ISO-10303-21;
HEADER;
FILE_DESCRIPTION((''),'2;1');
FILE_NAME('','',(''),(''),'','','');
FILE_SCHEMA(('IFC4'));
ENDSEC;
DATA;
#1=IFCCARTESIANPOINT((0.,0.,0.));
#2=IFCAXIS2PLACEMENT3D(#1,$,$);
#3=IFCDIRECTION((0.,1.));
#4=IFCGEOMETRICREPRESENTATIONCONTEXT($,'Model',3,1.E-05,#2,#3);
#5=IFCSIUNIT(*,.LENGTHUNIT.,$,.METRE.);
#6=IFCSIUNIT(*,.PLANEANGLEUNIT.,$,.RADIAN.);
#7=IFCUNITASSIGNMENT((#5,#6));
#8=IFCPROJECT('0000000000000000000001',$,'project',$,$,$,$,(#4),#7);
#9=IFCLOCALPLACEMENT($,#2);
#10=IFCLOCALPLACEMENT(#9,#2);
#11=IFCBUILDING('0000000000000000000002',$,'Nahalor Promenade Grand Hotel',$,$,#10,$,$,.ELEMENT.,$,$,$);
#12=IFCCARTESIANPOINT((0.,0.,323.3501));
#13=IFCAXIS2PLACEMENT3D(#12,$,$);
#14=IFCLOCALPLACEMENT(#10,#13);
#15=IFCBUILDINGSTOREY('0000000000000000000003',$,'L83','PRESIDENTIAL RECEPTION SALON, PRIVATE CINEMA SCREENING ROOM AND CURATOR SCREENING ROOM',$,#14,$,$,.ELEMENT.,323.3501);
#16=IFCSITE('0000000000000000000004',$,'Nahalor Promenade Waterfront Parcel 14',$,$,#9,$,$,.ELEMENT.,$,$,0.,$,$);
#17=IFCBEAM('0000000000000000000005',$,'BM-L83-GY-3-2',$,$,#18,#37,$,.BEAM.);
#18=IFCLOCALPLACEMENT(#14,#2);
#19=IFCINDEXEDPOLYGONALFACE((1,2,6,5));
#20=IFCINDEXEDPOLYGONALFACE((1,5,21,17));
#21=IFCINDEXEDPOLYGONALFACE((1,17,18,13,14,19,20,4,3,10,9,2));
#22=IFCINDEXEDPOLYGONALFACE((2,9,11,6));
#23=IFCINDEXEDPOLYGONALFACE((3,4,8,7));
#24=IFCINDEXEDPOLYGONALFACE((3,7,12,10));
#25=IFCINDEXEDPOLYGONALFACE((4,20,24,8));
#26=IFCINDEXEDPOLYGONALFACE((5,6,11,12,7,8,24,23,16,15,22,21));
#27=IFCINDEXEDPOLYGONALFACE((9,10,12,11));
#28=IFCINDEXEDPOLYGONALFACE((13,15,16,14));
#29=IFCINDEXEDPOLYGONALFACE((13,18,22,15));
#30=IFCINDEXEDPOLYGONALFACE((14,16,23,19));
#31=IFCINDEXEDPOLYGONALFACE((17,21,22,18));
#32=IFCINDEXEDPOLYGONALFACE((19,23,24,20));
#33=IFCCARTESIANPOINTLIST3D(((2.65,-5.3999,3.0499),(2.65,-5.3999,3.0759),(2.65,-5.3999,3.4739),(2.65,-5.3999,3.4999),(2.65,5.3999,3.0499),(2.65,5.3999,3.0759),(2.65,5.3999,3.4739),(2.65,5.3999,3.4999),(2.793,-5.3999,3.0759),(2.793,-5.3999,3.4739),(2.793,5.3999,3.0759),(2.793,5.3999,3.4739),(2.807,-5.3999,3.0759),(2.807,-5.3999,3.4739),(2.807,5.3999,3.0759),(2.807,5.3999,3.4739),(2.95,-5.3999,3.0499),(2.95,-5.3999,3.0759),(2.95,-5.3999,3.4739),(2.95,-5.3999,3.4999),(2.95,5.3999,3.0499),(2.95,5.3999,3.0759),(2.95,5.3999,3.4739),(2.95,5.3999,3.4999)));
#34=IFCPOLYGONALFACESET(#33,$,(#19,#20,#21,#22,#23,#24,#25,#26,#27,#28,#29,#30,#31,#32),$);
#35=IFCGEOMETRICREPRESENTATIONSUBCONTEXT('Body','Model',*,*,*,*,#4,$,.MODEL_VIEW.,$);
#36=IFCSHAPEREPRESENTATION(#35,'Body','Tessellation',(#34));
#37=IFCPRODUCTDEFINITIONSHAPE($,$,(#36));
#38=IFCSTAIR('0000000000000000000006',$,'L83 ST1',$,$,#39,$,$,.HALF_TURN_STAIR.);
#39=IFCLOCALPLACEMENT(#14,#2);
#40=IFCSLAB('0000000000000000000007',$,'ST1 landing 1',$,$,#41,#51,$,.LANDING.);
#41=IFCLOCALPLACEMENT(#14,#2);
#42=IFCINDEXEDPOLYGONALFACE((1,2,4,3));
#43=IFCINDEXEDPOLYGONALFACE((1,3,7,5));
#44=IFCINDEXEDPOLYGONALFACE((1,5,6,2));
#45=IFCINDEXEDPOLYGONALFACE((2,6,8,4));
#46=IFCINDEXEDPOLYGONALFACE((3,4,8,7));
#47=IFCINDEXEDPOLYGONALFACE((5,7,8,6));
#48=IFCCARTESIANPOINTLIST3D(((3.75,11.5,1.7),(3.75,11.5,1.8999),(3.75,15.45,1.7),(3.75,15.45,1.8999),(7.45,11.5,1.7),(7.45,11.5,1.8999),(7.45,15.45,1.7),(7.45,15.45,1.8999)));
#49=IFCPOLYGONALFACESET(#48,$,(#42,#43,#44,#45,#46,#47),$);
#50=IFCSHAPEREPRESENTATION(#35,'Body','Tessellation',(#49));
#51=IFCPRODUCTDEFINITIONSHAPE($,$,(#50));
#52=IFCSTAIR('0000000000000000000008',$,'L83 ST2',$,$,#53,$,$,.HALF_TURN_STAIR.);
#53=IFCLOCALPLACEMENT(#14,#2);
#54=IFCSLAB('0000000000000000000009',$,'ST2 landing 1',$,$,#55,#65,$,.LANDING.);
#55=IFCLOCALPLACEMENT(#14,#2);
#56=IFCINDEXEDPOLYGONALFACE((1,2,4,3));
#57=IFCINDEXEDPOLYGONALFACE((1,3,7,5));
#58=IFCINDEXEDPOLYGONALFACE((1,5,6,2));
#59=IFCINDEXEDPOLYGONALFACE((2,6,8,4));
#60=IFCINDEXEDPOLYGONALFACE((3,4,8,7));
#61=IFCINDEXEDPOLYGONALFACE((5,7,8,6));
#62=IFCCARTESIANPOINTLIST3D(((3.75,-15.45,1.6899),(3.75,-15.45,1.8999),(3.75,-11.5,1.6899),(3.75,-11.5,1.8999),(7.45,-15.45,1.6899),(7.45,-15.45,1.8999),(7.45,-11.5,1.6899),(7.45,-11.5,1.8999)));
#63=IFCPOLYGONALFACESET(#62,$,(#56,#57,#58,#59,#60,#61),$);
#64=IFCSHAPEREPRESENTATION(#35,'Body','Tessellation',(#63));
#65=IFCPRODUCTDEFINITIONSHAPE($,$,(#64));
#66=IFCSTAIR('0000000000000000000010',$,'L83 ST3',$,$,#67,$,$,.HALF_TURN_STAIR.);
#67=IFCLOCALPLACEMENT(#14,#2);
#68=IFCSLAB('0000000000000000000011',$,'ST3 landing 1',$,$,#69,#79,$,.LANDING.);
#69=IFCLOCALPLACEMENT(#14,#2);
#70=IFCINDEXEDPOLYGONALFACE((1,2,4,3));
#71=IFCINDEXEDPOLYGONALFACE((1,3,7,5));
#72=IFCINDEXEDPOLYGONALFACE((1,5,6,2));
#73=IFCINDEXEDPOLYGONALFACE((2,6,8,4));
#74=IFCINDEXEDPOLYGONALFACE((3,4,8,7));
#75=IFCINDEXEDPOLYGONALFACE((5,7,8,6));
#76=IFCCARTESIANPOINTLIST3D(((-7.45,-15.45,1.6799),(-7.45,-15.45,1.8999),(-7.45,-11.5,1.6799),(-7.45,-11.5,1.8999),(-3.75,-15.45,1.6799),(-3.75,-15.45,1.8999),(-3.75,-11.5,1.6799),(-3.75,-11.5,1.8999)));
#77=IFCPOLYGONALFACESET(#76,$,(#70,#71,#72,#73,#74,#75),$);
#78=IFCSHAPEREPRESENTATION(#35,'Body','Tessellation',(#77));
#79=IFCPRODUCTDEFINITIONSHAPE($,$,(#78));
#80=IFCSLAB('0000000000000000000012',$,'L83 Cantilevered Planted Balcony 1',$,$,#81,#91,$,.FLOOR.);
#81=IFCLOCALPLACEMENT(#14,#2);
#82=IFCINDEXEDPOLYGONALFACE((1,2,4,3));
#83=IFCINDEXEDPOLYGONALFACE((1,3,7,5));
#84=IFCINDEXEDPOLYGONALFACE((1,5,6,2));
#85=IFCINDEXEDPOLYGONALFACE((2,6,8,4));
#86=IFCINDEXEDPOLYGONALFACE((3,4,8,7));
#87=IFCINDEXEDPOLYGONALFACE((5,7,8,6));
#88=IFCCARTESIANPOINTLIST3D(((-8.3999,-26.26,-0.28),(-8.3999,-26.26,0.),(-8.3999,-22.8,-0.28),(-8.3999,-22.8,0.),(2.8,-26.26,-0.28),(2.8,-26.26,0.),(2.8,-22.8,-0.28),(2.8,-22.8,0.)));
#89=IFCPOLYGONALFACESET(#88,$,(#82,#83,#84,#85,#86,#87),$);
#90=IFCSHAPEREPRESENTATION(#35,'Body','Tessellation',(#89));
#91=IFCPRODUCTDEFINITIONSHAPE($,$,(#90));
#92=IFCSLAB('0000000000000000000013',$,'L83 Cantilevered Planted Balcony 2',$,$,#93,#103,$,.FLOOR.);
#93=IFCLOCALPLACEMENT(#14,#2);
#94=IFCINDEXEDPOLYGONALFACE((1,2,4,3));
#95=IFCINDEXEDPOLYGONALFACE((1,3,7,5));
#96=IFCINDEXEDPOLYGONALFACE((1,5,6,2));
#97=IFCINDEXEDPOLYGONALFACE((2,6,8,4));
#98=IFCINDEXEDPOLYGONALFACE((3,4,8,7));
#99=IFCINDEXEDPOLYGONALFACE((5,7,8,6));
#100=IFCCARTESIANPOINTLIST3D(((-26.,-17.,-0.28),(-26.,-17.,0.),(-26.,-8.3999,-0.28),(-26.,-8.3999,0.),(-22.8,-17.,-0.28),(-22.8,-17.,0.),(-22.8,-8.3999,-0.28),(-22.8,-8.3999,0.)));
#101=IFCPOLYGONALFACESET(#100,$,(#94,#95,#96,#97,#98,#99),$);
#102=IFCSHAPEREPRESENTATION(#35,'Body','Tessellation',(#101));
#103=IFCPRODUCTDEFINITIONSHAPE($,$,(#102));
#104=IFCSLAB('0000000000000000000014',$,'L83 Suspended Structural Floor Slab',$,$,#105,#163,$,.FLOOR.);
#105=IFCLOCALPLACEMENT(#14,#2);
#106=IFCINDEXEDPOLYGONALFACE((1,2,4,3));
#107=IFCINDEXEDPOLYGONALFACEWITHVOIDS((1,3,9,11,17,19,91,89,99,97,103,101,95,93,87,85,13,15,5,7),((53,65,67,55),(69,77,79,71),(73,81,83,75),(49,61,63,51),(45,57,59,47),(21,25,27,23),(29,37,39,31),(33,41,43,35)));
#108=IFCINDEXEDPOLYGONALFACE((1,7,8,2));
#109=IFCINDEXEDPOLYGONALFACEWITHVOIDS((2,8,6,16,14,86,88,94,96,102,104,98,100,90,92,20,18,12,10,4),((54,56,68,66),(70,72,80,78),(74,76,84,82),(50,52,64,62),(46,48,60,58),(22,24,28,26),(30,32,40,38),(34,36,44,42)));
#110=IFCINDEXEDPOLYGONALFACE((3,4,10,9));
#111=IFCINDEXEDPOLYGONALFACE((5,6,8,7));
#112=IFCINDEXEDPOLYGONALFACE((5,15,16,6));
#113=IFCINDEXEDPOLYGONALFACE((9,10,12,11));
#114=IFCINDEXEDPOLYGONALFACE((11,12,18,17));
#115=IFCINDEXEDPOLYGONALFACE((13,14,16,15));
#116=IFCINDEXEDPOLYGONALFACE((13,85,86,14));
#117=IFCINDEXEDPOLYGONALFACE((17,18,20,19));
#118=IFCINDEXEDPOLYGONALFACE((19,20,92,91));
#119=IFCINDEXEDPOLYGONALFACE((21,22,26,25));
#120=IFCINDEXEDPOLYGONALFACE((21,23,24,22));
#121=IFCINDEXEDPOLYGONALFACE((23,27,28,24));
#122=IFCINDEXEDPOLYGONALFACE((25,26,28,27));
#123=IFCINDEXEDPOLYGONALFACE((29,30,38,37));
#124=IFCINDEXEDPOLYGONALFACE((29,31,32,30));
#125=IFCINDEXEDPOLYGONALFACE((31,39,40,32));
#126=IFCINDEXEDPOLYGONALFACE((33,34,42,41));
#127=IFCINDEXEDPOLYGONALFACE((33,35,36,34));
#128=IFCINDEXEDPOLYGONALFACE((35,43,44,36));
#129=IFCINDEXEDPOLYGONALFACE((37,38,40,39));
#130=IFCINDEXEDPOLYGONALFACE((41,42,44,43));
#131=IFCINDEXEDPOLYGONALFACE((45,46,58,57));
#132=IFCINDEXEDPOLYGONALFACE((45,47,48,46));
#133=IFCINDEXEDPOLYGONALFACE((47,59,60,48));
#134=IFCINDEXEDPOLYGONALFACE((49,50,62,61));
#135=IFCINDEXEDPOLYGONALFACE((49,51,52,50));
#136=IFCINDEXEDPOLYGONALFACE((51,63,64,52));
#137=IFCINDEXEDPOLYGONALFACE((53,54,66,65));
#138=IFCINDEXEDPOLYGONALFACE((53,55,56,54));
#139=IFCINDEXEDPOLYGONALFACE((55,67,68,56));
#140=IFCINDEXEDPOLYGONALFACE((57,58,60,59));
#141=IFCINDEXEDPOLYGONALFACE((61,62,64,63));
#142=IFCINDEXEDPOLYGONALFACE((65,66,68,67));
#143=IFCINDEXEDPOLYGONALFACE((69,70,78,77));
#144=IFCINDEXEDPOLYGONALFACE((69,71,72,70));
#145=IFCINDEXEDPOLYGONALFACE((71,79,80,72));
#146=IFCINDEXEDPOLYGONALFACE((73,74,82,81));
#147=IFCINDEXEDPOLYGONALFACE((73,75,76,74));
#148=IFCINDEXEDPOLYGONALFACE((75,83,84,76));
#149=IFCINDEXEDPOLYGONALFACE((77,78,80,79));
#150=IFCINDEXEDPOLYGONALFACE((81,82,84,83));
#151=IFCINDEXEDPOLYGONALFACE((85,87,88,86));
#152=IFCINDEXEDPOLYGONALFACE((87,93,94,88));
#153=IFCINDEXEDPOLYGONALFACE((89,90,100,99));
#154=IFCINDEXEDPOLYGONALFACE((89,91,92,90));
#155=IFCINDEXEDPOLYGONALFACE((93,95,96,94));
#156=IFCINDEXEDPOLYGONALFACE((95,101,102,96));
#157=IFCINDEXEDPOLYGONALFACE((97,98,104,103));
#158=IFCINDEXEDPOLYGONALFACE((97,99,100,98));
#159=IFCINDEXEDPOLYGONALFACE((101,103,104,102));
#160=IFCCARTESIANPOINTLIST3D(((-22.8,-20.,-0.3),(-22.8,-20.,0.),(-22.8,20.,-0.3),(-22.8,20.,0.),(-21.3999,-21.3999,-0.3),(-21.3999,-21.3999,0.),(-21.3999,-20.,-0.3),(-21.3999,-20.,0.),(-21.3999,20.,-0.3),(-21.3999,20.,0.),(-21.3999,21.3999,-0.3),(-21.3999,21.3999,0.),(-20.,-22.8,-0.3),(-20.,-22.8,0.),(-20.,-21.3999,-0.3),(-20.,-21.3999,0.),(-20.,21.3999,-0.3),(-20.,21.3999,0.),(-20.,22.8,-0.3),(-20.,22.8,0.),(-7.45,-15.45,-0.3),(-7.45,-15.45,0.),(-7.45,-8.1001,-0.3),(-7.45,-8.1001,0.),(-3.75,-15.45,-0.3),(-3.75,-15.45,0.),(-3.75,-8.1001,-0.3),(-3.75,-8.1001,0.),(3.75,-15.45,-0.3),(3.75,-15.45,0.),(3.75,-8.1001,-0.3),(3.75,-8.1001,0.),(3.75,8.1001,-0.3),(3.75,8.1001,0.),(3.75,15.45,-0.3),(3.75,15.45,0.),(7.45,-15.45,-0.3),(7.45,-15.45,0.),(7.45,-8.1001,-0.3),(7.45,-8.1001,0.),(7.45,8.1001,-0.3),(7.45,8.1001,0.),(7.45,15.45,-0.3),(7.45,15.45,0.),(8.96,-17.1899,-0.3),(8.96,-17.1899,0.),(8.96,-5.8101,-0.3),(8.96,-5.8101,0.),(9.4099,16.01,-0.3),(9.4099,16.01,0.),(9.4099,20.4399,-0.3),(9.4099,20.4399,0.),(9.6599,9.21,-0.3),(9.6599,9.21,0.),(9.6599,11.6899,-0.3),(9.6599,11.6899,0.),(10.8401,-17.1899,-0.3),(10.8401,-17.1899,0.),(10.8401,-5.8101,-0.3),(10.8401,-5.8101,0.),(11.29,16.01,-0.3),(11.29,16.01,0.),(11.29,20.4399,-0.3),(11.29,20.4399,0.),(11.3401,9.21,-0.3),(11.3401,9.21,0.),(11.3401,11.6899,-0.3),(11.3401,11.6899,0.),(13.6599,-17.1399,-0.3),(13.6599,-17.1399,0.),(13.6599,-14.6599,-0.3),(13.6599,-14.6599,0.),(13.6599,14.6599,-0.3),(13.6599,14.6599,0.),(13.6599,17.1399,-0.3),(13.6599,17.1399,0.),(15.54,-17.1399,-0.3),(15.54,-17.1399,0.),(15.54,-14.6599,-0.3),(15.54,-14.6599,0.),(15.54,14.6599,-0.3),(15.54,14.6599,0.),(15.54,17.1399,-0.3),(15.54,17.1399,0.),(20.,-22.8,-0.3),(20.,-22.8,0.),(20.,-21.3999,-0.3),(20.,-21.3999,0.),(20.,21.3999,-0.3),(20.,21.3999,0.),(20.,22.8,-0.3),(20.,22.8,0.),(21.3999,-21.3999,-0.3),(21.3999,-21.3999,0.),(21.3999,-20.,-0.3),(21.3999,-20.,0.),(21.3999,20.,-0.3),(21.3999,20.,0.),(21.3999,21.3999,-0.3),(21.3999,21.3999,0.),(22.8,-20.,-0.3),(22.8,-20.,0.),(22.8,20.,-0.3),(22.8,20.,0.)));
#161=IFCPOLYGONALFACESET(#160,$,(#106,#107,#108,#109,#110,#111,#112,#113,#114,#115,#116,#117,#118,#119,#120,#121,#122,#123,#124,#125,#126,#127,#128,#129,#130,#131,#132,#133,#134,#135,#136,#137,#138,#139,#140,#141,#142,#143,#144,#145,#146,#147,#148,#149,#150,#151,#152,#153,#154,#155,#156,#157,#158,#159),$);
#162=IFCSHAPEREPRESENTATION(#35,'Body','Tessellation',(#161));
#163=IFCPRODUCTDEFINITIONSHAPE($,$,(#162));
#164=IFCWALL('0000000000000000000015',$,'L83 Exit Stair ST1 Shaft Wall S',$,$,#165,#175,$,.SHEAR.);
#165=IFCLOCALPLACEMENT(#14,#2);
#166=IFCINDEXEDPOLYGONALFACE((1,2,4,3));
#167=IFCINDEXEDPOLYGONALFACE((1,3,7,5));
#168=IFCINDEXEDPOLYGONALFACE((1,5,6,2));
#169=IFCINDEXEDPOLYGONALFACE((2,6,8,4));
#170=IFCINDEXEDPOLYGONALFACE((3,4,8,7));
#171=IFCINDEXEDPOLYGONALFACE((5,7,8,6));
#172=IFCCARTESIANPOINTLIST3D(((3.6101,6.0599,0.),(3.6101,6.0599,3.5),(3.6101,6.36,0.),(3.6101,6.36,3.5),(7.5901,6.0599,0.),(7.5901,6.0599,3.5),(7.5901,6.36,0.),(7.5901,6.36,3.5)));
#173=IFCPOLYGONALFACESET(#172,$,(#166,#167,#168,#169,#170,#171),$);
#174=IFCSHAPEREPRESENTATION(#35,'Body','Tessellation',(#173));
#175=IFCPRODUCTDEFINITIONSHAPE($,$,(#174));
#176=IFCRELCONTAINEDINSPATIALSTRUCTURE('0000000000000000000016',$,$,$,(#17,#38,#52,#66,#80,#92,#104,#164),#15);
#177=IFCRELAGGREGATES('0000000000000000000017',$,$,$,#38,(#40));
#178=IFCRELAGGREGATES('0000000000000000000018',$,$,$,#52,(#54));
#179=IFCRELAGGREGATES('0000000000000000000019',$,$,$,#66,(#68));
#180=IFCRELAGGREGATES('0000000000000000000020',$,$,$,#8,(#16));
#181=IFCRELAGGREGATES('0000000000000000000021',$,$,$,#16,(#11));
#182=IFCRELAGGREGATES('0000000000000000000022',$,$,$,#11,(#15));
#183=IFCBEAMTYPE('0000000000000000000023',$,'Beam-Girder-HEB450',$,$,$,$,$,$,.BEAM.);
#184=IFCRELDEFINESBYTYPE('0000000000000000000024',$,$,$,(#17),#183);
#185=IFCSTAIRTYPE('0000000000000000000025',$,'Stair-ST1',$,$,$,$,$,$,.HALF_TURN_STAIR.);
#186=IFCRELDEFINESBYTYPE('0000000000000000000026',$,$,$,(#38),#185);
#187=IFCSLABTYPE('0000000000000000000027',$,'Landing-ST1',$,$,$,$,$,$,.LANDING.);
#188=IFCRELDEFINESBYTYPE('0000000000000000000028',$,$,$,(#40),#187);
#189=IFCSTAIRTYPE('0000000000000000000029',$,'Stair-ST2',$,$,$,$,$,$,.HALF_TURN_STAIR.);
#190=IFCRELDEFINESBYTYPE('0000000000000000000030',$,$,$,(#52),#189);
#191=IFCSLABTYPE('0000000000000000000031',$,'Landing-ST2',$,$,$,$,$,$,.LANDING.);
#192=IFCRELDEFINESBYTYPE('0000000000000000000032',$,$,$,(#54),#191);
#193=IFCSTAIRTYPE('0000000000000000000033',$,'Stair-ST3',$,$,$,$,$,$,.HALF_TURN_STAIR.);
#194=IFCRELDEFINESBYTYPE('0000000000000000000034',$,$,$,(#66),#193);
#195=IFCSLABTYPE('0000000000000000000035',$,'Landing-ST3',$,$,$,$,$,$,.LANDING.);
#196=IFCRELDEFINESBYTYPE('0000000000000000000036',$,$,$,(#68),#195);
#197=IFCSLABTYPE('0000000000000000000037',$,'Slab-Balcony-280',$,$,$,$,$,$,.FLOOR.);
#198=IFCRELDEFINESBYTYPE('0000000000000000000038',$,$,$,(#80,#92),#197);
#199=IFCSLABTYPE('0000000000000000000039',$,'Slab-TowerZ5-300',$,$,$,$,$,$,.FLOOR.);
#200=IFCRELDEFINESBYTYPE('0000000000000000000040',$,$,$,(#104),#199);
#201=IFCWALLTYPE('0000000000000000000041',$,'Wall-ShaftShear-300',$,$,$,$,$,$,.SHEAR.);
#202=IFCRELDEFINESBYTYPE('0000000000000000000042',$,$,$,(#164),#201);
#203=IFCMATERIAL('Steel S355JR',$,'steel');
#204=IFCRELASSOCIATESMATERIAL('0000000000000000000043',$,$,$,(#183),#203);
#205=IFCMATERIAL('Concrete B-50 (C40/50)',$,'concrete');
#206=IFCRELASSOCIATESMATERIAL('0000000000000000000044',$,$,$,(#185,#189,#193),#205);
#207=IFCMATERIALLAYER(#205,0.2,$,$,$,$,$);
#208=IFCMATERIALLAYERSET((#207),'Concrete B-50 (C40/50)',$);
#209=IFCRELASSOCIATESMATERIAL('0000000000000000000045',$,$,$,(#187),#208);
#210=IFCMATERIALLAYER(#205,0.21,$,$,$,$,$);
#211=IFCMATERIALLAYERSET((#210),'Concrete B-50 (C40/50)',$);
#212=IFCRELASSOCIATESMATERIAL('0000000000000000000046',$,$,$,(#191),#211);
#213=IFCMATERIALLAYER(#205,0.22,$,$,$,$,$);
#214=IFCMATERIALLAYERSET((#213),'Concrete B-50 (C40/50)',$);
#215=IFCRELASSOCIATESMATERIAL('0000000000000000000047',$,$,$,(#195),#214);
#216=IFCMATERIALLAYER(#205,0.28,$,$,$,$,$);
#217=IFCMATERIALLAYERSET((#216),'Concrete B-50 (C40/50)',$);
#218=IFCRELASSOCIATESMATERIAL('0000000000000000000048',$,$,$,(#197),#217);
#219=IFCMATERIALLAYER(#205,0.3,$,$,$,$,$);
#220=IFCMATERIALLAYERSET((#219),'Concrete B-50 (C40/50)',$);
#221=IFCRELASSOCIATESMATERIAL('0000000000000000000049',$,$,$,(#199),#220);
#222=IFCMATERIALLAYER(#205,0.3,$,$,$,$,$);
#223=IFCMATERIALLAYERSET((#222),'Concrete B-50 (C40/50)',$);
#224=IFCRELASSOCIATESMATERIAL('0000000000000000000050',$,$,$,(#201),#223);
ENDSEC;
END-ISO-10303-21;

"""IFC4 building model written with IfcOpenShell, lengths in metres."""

from ifc_helpers import new_model, si_unit, direction, frame, frame_2d, origin, origin_2d, place, context, subcontext, project, spatial, polyline, rectangle, i_section, outline, extrude, source, transform, mapped, material, layer, layer_set, material_profile, profile_set, type_object, element, aggregate, save


model = new_model("IFC4")

# Units and contexts
model_context = context("Model", 3, precision=1e-05, world=origin(), true_north=direction((0.0, 1.0)))
body_context = subcontext(model_context, "Body", "Model", "MODEL_VIEW")
ifc_project = project(units=[si_unit("LENGTHUNIT", "METRE"), si_unit("PLANEANGLEUNIT", "RADIAN")], contexts=[model_context])

# Site, building, storey
site_placement = place(None, origin())
site = spatial("IfcSite", under=ifc_project, at=site_placement, Name="Nahalor Promenade Waterfront Parcel 14", CompositionType="ELEMENT", RefElevation=0.0)
building_placement = place(site_placement, origin())
building = spatial("IfcBuilding", under=site, at=building_placement, Name="Nahalor Promenade Grand Hotel", CompositionType="ELEMENT")
storey_placement = place(building_placement, frame((0.0, 0.0, 323.3501)))
storey = spatial("IfcBuildingStorey", under=building, at=storey_placement, Name="L83", Description="PRESIDENTIAL RECEPTION SALON, PRIVATE CINEMA SCREENING ROOM AND CURATOR SCREENING ROOM", CompositionType="ELEMENT", Elevation=323.3501)

# Shared definitions
ifc_material_1 = material(Name="Concrete B-50 (C40/50)", Category="concrete")

# Beam
ifc_material_2 = material(Name="Steel S355JR", Category="steel")
ifc_material_profile_1 = material_profile(ifc_material_2, i_section(OverallWidth=0.3, OverallDepth=0.45, WebThickness=0.014, FlangeThickness=0.026, at=origin_2d()), Name="HEB 450")
ifc_profile_set_1 = profile_set([ifc_material_profile_1], Name="Steel S355JR")
beam_type = type_object("IfcBeamType", Name="Beam-Girder-HEB450", PredefinedType="BEAM", material=ifc_profile_set_1)
shared_shape_1 = source(origin(), body_context, "Body", "SweptSolid", [
    extrude(i_section(OverallWidth=0.3, OverallDepth=0.45, WebThickness=0.014, FlangeThickness=0.026, at=origin_2d()), origin(), (0.0, 0.0, 1.0), 10.7998),
])
for number, where, z_axis, x_axis, name in (
    (1, (2.8, -5.3999, 3.2749), (0.0, 1.0, 0.0), (-1.0, 0.0, 0.0), "BM-L83-GY-3-2"),
):
    element("IfcBeam", number, at=place(storey_placement, frame(where, z_axis=z_axis, x_axis=x_axis)), inside=storey, type_object=beam_type, Name=name, PredefinedType="BEAM", context=body_context, shape_type="MappedRepresentation", body=[
        mapped(shared_shape_1, transform((0.0, 0.0, 0.0), scale=1.0)),
    ])

# Stairs, slabs
stair_type_1 = type_object("IfcStairType", Name="Stair-ST1", PredefinedType="HALF_TURN_STAIR", material=ifc_material_1)
stair_1_placement = place(storey_placement, origin())
stair_1 = element("IfcStair", 2, at=stair_1_placement, inside=storey, type_object=stair_type_1, Name="L83 ST1", PredefinedType="HALF_TURN_STAIR")
ifc_layer_1 = layer(ifc_material_1, 0.2)
ifc_layer_set_1 = layer_set([ifc_layer_1], Name="Concrete B-50 (C40/50)")
slab_type_1 = type_object("IfcSlabType", Name="Landing-ST1", PredefinedType="LANDING", material=ifc_layer_set_1)
slab_1_placement = place(storey_placement, frame((0.0, 0.0, 1.7)))
slab_1 = element("IfcSlab", 3, at=slab_1_placement, type_object=slab_type_1, Name="ST1 landing 1", PredefinedType="LANDING", context=body_context, shape_type="SweptSolid", body=[
    extrude(outline(polyline([(7.45, 11.5), (7.45, 15.45), (3.75, 15.45), (3.75, 11.5), (7.45, 11.5)])), origin(), (0.0, 0.0, 1.0), 0.2),
])
aggregate(stair_1, [slab_1])
stair_type_2 = type_object("IfcStairType", Name="Stair-ST2", PredefinedType="HALF_TURN_STAIR", material=ifc_material_1)
stair_2_placement = place(storey_placement, origin())
stair_2 = element("IfcStair", 4, at=stair_2_placement, inside=storey, type_object=stair_type_2, Name="L83 ST2", PredefinedType="HALF_TURN_STAIR")
ifc_layer_2 = layer(ifc_material_1, 0.21)
ifc_layer_set_2 = layer_set([ifc_layer_2], Name="Concrete B-50 (C40/50)")
slab_type_2 = type_object("IfcSlabType", Name="Landing-ST2", PredefinedType="LANDING", material=ifc_layer_set_2)
slab_2_placement = place(storey_placement, frame((0.0, 0.0, 1.6899)))
slab_2 = element("IfcSlab", 5, at=slab_2_placement, type_object=slab_type_2, Name="ST2 landing 1", PredefinedType="LANDING", context=body_context, shape_type="SweptSolid", body=[
    extrude(outline(polyline([(3.75, -11.5), (3.75, -15.45), (7.45, -15.45), (7.45, -11.5), (3.75, -11.5)])), origin(), (0.0, 0.0, 1.0), 0.21),
])
aggregate(stair_2, [slab_2])
stair_type_3 = type_object("IfcStairType", Name="Stair-ST3", PredefinedType="HALF_TURN_STAIR", material=ifc_material_1)
stair_3_placement = place(storey_placement, origin())
stair_3 = element("IfcStair", 6, at=stair_3_placement, inside=storey, type_object=stair_type_3, Name="L83 ST3", PredefinedType="HALF_TURN_STAIR")
ifc_layer_3 = layer(ifc_material_1, 0.22)
ifc_layer_set_3 = layer_set([ifc_layer_3], Name="Concrete B-50 (C40/50)")
slab_type_3 = type_object("IfcSlabType", Name="Landing-ST3", PredefinedType="LANDING", material=ifc_layer_set_3)
slab_3_placement = place(storey_placement, frame((0.0, 0.0, 1.6799)))
slab_3 = element("IfcSlab", 7, at=slab_3_placement, type_object=slab_type_3, Name="ST3 landing 1", PredefinedType="LANDING", context=body_context, shape_type="SweptSolid", body=[
    extrude(outline(polyline([(-7.45, -11.5), (-7.45, -15.45), (-3.75, -15.45), (-3.75, -11.5), (-7.45, -11.5)])), origin(), (0.0, 0.0, 1.0), 0.22),
])
aggregate(stair_3, [slab_3])

# Slabs
ifc_layer_4 = layer(ifc_material_1, 0.28)
ifc_layer_set_4 = layer_set([ifc_layer_4], Name="Concrete B-50 (C40/50)")
slab_type_4 = type_object("IfcSlabType", Name="Slab-Balcony-280", PredefinedType="FLOOR", material=ifc_layer_set_4)
slab_4_placement = place(storey_placement, frame((0.0, 0.0, -0.28)))
element("IfcSlab", 8, at=slab_4_placement, inside=storey, type_object=slab_type_4, Name="L83 Cantilevered Planted Balcony 1", PredefinedType="FLOOR", context=body_context, shape_type="SweptSolid", body=[
    extrude(outline(polyline([(-8.3999, -26.26), (2.8, -26.26), (2.8, -22.8), (-8.3999, -22.8), (-8.3999, -26.26)])), origin(), (0.0, 0.0, 1.0), 0.28),
])
slab_5_placement = place(storey_placement, frame((0.0, 0.0, -0.28)))
element("IfcSlab", 9, at=slab_5_placement, inside=storey, type_object=slab_type_4, Name="L83 Cantilevered Planted Balcony 2", PredefinedType="FLOOR", context=body_context, shape_type="SweptSolid", body=[
    extrude(outline(polyline([(-26.0, -17.0), (-22.8, -17.0), (-22.8, -8.3999), (-26.0, -8.3999), (-26.0, -17.0)])), origin(), (0.0, 0.0, 1.0), 0.28),
])
ifc_layer_5 = layer(ifc_material_1, 0.3)
ifc_layer_set_5 = layer_set([ifc_layer_5], Name="Concrete B-50 (C40/50)")
slab_type_5 = type_object("IfcSlabType", Name="Slab-TowerZ5-300", PredefinedType="FLOOR", material=ifc_layer_set_5)
slab_6_placement = place(storey_placement, frame((0.0, 0.0, -0.3)))
element("IfcSlab", 10, at=slab_6_placement, inside=storey, type_object=slab_type_5, Name="L83 Suspended Structural Floor Slab", PredefinedType="FLOOR", context=body_context, shape_type="SweptSolid", body=[
    extrude(outline(polyline([(-20.0, -22.8), (20.0, -22.8), (20.0, -21.3999), (21.3999, -21.3999), (21.3999, -20.0), (22.8, -20.0), (22.8, 20.0), (21.3999, 20.0), (21.3999, 21.3999), (20.0, 21.3999), (20.0, 22.8), (-20.0, 22.8), (-20.0, 21.3999), (-21.3999, 21.3999), (-21.3999, 20.0), (-22.8, 20.0), (-22.8, -20.0), (-21.3999, -20.0), (-21.3999, -21.3999), (-20.0, -21.3999), (-20.0, -22.8)]), holes=[polyline([(3.75, 8.1001), (7.45, 8.1001), (7.45, 15.45), (3.75, 15.45), (3.75, 8.1001)]), polyline([(3.75, -15.45), (7.45, -15.45), (7.45, -8.1001), (3.75, -8.1001), (3.75, -15.45)]), polyline([(-7.45, -15.45), (-3.75, -15.45), (-3.75, -8.1001), (-7.45, -8.1001), (-7.45, -15.45)]), polyline([(8.96, -17.1899), (10.8401, -17.1899), (10.8401, -5.8101), (8.96, -5.8101), (8.96, -17.1899)]), polyline([(9.4099, 16.01), (11.29, 16.01), (11.29, 20.4399), (9.4099, 20.4399), (9.4099, 16.01)]), polyline([(9.6599, 9.21), (11.3401, 9.21), (11.3401, 11.6899), (9.6599, 11.6899), (9.6599, 9.21)]), polyline([(13.6599, 14.6599), (15.54, 14.6599), (15.54, 17.1399), (13.6599, 17.1399), (13.6599, 14.6599)]), polyline([(13.6599, -17.1399), (15.54, -17.1399), (15.54, -14.6599), (13.6599, -14.6599), (13.6599, -17.1399)])]), origin(), (0.0, 0.0, 1.0), 0.3),
])

# Wall
ifc_layer_6 = layer(ifc_material_1, 0.3)
ifc_layer_set_6 = layer_set([ifc_layer_6], Name="Concrete B-50 (C40/50)")
wall_type_1 = type_object("IfcWallType", Name="Wall-ShaftShear-300", PredefinedType="SHEAR", material=ifc_layer_set_6)
shared_shape_2 = source(origin(), body_context, "Body", "SweptSolid", [
    extrude(rectangle(XDim=3.98, YDim=0.3, at=frame_2d((1.99, 0.0))), origin(), (0.0, 0.0, 1.0), 3.5),
])
wall_1_placement = place(storey_placement, frame((3.6101, 6.21, 0.0), z_axis=(0.0, 0.0, 1.0), x_axis=(1.0, 0.0, 0.0)))
element("IfcWall", 11, at=wall_1_placement, inside=storey, type_object=wall_type_1, Name="L83 Exit Stair ST1 Shaft Wall S", PredefinedType="SHEAR", context=body_context, shape_type="MappedRepresentation", body=[
    mapped(shared_shape_2, transform((0.0, 0.0, 0.0), scale=1.0)),
])

save(model, "model.ifc")
